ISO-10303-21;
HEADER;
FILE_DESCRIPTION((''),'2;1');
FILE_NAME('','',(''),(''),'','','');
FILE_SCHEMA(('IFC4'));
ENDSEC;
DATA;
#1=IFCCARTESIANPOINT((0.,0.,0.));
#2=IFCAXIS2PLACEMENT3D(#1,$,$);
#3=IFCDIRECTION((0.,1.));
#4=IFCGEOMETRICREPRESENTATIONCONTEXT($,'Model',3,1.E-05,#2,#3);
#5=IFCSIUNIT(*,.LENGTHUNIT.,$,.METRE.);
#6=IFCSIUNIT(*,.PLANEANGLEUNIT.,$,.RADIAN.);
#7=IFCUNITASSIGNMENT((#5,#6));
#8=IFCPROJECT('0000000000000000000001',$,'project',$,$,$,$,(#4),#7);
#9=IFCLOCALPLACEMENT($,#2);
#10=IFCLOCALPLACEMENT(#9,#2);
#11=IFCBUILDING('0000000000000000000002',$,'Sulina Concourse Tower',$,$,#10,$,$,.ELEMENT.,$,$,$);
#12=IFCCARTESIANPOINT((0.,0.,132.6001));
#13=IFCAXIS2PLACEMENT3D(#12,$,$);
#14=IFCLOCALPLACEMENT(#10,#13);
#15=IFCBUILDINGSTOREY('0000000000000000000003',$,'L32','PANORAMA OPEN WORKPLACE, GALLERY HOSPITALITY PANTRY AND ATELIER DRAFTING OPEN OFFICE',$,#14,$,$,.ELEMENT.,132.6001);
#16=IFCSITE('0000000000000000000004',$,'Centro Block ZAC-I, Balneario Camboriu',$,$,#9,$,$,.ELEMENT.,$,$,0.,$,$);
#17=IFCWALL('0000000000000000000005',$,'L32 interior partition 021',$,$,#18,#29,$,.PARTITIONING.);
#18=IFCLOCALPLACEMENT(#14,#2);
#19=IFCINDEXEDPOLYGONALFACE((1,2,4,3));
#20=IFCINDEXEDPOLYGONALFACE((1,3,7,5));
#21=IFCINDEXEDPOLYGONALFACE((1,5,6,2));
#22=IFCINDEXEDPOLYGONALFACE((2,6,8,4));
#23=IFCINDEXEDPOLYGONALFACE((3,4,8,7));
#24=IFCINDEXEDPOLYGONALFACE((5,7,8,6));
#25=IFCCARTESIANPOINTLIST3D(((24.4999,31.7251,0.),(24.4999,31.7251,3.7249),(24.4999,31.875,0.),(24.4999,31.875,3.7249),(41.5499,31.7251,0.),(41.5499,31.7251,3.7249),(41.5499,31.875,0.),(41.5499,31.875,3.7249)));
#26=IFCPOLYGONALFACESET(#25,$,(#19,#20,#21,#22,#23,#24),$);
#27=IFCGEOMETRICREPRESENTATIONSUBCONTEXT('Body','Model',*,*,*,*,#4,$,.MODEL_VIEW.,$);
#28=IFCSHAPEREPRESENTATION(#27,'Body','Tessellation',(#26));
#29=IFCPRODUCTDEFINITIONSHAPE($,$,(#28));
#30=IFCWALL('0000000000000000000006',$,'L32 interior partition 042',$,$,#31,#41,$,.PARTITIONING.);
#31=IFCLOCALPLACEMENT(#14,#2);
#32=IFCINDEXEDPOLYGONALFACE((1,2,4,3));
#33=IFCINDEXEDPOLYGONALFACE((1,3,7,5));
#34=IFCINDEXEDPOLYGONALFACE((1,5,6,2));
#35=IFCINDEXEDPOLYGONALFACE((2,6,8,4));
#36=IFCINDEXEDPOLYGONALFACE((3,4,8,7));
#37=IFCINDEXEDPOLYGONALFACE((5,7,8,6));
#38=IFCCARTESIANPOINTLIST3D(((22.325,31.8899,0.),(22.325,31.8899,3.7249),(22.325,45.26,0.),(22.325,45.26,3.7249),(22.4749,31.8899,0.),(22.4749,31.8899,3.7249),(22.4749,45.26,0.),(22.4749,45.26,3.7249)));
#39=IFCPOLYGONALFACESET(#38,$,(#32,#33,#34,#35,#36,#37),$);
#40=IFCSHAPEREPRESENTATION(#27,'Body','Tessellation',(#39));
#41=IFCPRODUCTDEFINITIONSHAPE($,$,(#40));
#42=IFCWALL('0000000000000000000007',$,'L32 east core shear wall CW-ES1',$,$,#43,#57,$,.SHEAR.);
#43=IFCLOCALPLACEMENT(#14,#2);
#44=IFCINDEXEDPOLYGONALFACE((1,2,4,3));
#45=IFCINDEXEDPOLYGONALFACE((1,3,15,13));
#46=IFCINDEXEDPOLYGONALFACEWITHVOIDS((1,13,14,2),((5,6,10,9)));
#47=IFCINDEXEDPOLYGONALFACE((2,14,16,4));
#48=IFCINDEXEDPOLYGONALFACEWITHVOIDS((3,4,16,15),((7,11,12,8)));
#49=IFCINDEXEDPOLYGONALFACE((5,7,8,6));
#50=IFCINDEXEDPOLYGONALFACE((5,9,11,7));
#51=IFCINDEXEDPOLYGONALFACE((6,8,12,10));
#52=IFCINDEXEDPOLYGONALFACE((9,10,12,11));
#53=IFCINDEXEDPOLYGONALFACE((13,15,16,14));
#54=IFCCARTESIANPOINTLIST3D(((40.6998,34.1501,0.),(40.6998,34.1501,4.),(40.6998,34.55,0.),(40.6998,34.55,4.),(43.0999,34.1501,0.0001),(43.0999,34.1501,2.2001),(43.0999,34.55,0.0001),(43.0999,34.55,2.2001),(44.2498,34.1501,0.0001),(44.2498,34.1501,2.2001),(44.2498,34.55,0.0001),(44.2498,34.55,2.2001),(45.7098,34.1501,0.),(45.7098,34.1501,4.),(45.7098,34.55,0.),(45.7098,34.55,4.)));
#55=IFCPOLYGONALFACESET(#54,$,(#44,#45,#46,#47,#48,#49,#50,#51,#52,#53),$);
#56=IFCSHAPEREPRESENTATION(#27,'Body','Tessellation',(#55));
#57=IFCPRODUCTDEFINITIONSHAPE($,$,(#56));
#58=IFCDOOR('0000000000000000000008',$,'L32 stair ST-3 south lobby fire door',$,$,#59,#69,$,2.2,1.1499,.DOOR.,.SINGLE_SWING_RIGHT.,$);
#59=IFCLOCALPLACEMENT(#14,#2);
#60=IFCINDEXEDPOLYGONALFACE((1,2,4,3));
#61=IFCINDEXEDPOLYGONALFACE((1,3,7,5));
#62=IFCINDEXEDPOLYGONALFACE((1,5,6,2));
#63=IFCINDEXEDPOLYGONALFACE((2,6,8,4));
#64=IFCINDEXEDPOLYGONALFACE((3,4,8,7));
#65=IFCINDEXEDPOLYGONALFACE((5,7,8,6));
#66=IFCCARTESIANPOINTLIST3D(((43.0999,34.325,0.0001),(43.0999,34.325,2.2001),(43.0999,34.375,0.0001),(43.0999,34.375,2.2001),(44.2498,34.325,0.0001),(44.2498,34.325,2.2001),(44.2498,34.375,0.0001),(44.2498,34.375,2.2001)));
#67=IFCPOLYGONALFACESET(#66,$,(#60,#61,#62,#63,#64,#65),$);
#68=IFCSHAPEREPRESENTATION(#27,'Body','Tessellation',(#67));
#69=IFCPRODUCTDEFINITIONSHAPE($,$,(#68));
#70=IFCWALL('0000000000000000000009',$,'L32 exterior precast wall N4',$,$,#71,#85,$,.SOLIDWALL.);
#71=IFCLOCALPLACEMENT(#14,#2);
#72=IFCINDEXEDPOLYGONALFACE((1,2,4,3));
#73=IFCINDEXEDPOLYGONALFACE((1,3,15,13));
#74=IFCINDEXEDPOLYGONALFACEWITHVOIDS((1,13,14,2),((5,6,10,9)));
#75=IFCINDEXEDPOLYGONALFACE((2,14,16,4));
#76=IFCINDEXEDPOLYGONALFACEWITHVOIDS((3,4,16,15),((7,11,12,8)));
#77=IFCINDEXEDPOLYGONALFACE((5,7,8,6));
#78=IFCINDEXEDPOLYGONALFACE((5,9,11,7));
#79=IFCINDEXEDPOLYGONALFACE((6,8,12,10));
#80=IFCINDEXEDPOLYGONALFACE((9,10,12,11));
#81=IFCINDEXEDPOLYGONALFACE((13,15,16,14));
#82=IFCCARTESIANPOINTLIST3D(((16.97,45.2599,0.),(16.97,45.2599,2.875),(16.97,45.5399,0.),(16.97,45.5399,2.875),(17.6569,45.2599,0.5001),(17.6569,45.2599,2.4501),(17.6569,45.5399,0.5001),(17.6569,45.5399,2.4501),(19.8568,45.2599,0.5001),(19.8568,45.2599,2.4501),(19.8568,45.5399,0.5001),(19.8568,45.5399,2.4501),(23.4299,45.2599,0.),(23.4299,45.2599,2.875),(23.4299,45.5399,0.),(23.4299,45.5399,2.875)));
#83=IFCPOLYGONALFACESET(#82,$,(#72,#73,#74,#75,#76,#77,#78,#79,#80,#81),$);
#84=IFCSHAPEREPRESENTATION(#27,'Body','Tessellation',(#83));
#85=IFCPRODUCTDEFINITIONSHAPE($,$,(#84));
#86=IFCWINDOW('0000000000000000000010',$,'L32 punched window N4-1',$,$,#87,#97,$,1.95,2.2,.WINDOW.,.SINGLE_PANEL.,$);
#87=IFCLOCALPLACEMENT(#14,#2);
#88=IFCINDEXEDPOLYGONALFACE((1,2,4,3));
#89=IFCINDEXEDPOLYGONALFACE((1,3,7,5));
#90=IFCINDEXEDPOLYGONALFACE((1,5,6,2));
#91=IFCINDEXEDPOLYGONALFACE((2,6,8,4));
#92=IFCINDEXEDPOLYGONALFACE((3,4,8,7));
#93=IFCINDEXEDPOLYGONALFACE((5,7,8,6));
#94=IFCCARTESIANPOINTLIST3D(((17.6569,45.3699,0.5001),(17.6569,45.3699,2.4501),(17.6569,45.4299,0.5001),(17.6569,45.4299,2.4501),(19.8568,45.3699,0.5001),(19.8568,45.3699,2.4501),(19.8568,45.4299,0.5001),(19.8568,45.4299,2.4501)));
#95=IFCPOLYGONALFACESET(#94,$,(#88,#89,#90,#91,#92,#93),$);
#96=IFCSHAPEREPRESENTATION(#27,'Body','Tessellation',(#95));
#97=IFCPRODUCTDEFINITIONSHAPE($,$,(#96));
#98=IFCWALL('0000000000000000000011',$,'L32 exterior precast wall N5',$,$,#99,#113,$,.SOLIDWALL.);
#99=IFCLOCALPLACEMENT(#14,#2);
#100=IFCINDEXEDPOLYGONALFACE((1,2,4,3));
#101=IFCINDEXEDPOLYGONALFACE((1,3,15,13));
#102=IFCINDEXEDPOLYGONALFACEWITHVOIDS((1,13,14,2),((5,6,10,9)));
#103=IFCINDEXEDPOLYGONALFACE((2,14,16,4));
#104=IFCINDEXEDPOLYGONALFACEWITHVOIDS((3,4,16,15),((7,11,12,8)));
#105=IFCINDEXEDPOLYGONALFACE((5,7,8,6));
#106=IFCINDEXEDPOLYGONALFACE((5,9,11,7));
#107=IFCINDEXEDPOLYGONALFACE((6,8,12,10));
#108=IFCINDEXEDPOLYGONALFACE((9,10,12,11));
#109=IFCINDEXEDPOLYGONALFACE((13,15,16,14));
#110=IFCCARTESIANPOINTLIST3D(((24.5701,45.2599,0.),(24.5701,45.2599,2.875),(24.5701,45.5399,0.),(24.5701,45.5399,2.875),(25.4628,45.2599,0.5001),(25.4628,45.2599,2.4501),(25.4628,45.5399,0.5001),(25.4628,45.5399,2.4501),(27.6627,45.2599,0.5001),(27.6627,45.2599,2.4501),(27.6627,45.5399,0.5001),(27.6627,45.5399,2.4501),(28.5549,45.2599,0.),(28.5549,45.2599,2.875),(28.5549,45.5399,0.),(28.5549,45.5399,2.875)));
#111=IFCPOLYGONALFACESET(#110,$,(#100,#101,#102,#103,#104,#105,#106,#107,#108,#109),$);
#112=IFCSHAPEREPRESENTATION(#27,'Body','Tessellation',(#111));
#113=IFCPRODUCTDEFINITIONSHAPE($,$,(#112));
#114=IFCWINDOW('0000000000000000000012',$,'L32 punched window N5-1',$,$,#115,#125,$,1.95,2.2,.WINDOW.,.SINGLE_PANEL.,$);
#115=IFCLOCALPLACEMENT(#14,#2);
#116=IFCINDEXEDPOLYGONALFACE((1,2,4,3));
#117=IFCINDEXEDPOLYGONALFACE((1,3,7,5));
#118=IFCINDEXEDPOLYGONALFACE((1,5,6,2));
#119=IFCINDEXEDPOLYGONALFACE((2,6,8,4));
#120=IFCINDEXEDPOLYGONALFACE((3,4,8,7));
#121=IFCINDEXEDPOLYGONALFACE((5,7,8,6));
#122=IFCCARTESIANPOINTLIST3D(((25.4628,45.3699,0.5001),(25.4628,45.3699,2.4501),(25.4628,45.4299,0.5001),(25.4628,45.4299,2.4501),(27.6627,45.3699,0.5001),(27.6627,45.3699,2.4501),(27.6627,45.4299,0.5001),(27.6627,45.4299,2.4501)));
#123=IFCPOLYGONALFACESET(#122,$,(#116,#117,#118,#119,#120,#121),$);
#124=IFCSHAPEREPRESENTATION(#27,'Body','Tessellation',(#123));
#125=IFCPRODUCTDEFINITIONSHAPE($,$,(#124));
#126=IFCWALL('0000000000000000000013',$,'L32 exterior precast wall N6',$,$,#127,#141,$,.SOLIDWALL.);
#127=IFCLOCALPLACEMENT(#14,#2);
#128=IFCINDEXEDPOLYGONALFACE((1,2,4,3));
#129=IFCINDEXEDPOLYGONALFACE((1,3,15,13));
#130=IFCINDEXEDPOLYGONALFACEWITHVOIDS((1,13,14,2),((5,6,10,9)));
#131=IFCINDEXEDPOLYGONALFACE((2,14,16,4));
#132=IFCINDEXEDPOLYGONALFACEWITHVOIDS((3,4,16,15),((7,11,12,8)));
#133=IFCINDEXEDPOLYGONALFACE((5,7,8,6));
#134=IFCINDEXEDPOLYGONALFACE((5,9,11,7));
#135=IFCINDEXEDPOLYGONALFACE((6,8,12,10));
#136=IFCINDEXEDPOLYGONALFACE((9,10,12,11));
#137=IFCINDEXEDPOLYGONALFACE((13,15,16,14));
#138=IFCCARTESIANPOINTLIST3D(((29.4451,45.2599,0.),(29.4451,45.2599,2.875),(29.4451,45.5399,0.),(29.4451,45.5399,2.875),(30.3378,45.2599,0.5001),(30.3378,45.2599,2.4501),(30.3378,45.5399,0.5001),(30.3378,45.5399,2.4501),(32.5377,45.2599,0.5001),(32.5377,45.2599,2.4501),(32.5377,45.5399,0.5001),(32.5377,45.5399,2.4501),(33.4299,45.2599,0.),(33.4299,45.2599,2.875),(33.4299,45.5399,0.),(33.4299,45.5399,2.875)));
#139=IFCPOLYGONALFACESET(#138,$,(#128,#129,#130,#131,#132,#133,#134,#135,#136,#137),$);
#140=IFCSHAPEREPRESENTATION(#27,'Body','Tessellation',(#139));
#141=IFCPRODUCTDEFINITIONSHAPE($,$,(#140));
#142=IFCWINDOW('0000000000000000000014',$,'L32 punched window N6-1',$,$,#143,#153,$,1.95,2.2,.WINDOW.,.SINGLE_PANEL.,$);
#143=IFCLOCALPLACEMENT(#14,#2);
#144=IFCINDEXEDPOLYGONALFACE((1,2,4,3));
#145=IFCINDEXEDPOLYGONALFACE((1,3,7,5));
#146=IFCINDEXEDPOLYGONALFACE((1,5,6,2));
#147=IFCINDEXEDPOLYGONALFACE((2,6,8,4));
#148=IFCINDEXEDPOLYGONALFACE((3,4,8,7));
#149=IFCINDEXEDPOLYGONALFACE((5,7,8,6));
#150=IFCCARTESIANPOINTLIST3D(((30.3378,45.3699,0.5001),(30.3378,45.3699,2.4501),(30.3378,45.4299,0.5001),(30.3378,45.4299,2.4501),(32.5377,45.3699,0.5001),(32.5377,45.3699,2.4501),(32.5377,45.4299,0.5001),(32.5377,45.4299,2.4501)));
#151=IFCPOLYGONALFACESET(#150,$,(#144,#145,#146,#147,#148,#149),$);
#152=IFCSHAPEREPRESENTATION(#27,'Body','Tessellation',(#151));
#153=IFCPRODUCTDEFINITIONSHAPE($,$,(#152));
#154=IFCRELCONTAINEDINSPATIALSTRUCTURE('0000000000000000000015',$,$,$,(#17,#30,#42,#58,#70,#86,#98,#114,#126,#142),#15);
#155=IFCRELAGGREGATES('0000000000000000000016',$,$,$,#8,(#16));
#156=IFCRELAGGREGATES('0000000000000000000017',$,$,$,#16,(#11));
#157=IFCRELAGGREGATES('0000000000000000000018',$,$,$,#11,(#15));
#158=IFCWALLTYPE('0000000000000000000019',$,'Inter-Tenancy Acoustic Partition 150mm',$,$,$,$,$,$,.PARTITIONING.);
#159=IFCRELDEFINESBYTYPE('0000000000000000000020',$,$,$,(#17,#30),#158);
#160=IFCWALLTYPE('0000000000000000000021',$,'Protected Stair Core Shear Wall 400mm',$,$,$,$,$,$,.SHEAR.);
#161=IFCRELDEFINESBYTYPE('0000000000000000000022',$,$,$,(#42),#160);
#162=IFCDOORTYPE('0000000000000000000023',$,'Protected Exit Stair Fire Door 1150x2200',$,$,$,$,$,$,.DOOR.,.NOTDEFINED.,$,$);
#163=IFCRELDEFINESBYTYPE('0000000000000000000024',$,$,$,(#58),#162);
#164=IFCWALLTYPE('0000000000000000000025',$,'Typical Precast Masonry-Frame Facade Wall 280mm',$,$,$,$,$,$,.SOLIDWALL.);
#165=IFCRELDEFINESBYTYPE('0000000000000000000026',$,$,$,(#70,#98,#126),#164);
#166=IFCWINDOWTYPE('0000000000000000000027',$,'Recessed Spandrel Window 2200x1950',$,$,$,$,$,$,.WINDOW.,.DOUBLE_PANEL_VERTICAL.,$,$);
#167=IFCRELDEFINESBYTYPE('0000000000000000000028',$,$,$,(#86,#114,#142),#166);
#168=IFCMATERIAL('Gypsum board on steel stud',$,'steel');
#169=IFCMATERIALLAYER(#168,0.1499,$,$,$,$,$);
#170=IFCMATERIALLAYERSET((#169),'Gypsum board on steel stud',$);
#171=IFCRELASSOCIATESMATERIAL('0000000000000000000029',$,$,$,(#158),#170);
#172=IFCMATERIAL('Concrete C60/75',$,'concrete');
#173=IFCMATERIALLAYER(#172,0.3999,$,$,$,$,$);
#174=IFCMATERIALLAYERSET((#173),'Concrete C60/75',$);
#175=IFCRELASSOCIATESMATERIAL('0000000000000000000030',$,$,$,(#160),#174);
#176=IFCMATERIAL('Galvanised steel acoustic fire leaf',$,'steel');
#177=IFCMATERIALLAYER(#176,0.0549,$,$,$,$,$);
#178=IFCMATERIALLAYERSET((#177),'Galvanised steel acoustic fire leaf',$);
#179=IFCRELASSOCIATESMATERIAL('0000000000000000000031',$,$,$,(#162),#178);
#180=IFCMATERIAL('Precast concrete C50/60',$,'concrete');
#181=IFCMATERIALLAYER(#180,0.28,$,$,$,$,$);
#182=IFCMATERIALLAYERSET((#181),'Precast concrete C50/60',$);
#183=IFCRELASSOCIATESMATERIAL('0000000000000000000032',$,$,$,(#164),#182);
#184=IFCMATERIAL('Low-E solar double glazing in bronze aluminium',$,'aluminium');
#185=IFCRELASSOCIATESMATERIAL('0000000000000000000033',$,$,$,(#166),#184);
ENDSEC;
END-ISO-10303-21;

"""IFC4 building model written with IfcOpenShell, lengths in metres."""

from ifc_helpers import new_model, si_unit, direction, frame, frame_2d, origin, place, context, subcontext, project, spatial, rectangle, extrude, material, layer, layer_set, type_object, element, fill, save


model = new_model("IFC4")

# Units and contexts
model_context = context("Model", 3, precision=1e-05, world=origin(), true_north=direction((0.0, 1.0)))
body_context = subcontext(model_context, "Body", "Model", "MODEL_VIEW")
ifc_project = project(units=[si_unit("LENGTHUNIT", "METRE"), si_unit("PLANEANGLEUNIT", "RADIAN")], contexts=[model_context])

# Site, building, storey
site_placement = place(None, origin())
site = spatial("IfcSite", under=ifc_project, at=site_placement, Name="Centro Block ZAC-I, Balneario Camboriu", CompositionType="ELEMENT", RefElevation=0.0)
building_placement = place(site_placement, origin())
building = spatial("IfcBuilding", under=site, at=building_placement, Name="Sulina Concourse Tower", CompositionType="ELEMENT")
storey_placement = place(building_placement, frame((0.0, 0.0, 132.6001)))
storey = spatial("IfcBuildingStorey", under=building, at=storey_placement, Name="L32", Description="PANORAMA OPEN WORKPLACE, GALLERY HOSPITALITY PANTRY AND ATELIER DRAFTING OPEN OFFICE", CompositionType="ELEMENT", Elevation=132.6001)

# Walls
ifc_material_1 = material(Name="Gypsum board on steel stud", Category="steel")
ifc_layer_1 = layer(ifc_material_1, 0.1499)
ifc_layer_set_1 = layer_set([ifc_layer_1], Name="Gypsum board on steel stud")
wall_type_1 = type_object("IfcWallType", Name="Inter-Tenancy Acoustic Partition 150mm", PredefinedType="PARTITIONING", material=ifc_layer_set_1)
wall_1_placement = place(storey_placement, frame((24.5, 31.8, 0.0), z_axis=(0.0, 0.0, 1.0), x_axis=(1.0, 0.0, 0.0)))
element("IfcWall", 1, at=wall_1_placement, inside=storey, type_object=wall_type_1, Name="L32 interior partition 021", PredefinedType="PARTITIONING", context=body_context, shape_type="SweptSolid", body=[
    extrude(rectangle(XDim=17.05, YDim=0.1499, at=frame_2d((8.5249, 0.0))), origin(), (0.0, 0.0, 1.0), 3.7249),
])
wall_2_placement = place(storey_placement, frame((22.3999, 31.8899, 0.0), z_axis=(0.0, 0.0, 1.0), x_axis=(0.0, 1.0, 0.0)))
element("IfcWall", 2, at=wall_2_placement, inside=storey, type_object=wall_type_1, Name="L32 interior partition 042", PredefinedType="PARTITIONING", context=body_context, shape_type="SweptSolid", body=[
    extrude(rectangle(XDim=13.3701, YDim=0.1499, at=frame_2d((6.6851, 0.0))), origin(), (0.0, 0.0, 1.0), 3.7249),
])

# Wall, opening, door
ifc_material_2 = material(Name="Concrete C60/75", Category="concrete")
ifc_layer_2 = layer(ifc_material_2, 0.3999)
ifc_layer_set_2 = layer_set([ifc_layer_2], Name="Concrete C60/75")
wall_type_2 = type_object("IfcWallType", Name="Protected Stair Core Shear Wall 400mm", PredefinedType="SHEAR", material=ifc_layer_set_2)
wall_3_placement = place(storey_placement, frame((40.7, 34.3501, 0.0), z_axis=(0.0, 0.0, 1.0), x_axis=(1.0, 0.0, 0.0)))
wall_3 = element("IfcWall", 3, at=wall_3_placement, inside=storey, type_object=wall_type_2, Name="L32 east core shear wall CW-ES1", PredefinedType="SHEAR", context=body_context, shape_type="SweptSolid", body=[
    extrude(rectangle(XDim=5.01, YDim=0.3999, at=frame_2d((2.5049, 0.0))), origin(), (0.0, 0.0, 1.0), 4.0),
])
opening_1_placement = place(wall_3_placement, frame((2.3999, 0.0, 0.0)))
opening_1 = element("IfcOpeningElement", 4, at=opening_1_placement, cuts=wall_3, PredefinedType="OPENING", context=body_context, shape_type="SweptSolid", body=[
    extrude(rectangle(XDim=1.1499, YDim=2.2, at=frame_2d((0.575, 1.1001))), frame((0.0, 0.21, 0.0), z_axis=(0.0, -1.0, 0.0), x_axis=(1.0, 0.0, 0.0)), (0.0, 0.0, 1.0), 0.4199),
])
ifc_material_3 = material(Name="Galvanised steel acoustic fire leaf", Category="steel")
ifc_layer_3 = layer(ifc_material_3, 0.0549)
ifc_layer_set_3 = layer_set([ifc_layer_3], Name="Galvanised steel acoustic fire leaf")
door_type = type_object("IfcDoorType", Name="Protected Exit Stair Fire Door 1150x2200", OperationType="NOTDEFINED", PredefinedType="DOOR", material=ifc_layer_set_3)
door_placement = place(opening_1_placement, origin())
door = element("IfcDoor", 5, at=door_placement, inside=storey, type_object=door_type, Name="L32 stair ST-3 south lobby fire door", OperationType="SINGLE_SWING_RIGHT", OverallHeight=2.2, OverallWidth=1.1499, PredefinedType="DOOR", context=body_context, shape_type="SweptSolid", body=[
    extrude(rectangle(XDim=1.1499, YDim=2.2, at=frame_2d((0.575, 1.1001))), frame((0.0, 0.0249, 0.0), z_axis=(0.0, -1.0, 0.0), x_axis=(1.0, 0.0, 0.0)), (0.0, 0.0, 1.0), 0.05),
])
fill(opening_1, door)

# Walls, openings, windows
ifc_material_4 = material(Name="Precast concrete C50/60", Category="concrete")
ifc_layer_4 = layer(ifc_material_4, 0.28)
ifc_layer_set_4 = layer_set([ifc_layer_4], Name="Precast concrete C50/60")
wall_type_3 = type_object("IfcWallType", Name="Typical Precast Masonry-Frame Facade Wall 280mm", PredefinedType="SOLIDWALL", material=ifc_layer_set_4)
wall_4_placement = place(storey_placement, frame((16.97, 45.3999, 0.0), z_axis=(0.0, 0.0, 1.0), x_axis=(1.0, 0.0, 0.0)))
wall_4 = element("IfcWall", 6, at=wall_4_placement, inside=storey, type_object=wall_type_3, Name="L32 exterior precast wall N4", PredefinedType="SOLIDWALL", context=body_context, shape_type="SweptSolid", body=[
    extrude(rectangle(XDim=6.46, YDim=0.28, at=frame_2d((3.23, 0.0))), origin(), (0.0, 0.0, 1.0), 2.875),
])
opening_2_placement = place(wall_4_placement, frame((0.6868, 0.0, 0.5)))
opening_2 = element("IfcOpeningElement", 7, at=opening_2_placement, cuts=wall_4, PredefinedType="OPENING", context=body_context, shape_type="SweptSolid", body=[
    extrude(rectangle(XDim=2.2, YDim=1.95, at=frame_2d((1.1001, 0.9751))), frame((0.0, 0.1499, 0.0), z_axis=(0.0, -1.0, 0.0), x_axis=(1.0, 0.0, 0.0)), (0.0, 0.0, 1.0), 0.3),
])
ifc_material_5 = material(Name="Low-E solar double glazing in bronze aluminium", Category="aluminium")
window_type = type_object("IfcWindowType", Name="Recessed Spandrel Window 2200x1950", PartitioningType="DOUBLE_PANEL_VERTICAL", PredefinedType="WINDOW", material=ifc_material_5)
window_1_placement = place(opening_2_placement, origin())
window_1 = element("IfcWindow", 8, at=window_1_placement, inside=storey, type_object=window_type, Name="L32 punched window N4-1", OverallHeight=1.95, OverallWidth=2.2, PartitioningType="SINGLE_PANEL", PredefinedType="WINDOW", context=body_context, shape_type="SweptSolid", body=[
    extrude(rectangle(XDim=2.2, YDim=1.95, at=frame_2d((1.1001, 0.9751))), frame((0.0, 0.03, 0.0), z_axis=(0.0, -1.0, 0.0), x_axis=(1.0, 0.0, 0.0)), (0.0, 0.0, 1.0), 0.0601),
])
fill(opening_2, window_1)
wall_5_placement = place(storey_placement, frame((24.5701, 45.3999, 0.0), z_axis=(0.0, 0.0, 1.0), x_axis=(1.0, 0.0, 0.0)))
wall_5 = element("IfcWall", 9, at=wall_5_placement, inside=storey, type_object=wall_type_3, Name="L32 exterior precast wall N5", PredefinedType="SOLIDWALL", context=body_context, shape_type="SweptSolid", body=[
    extrude(rectangle(XDim=3.9849, YDim=0.28, at=frame_2d((1.9924, 0.0))), origin(), (0.0, 0.0, 1.0), 2.875),
])
opening_3_placement = place(wall_5_placement, frame((0.8926, 0.0, 0.5)))
opening_3 = element("IfcOpeningElement", 10, at=opening_3_placement, cuts=wall_5, PredefinedType="OPENING", context=body_context, shape_type="SweptSolid", body=[
    extrude(rectangle(XDim=2.2, YDim=1.95, at=frame_2d((1.1001, 0.9751))), frame((0.0, 0.1499, 0.0), z_axis=(0.0, -1.0, 0.0), x_axis=(1.0, 0.0, 0.0)), (0.0, 0.0, 1.0), 0.3),
])
window_2_placement = place(opening_3_placement, origin())
window_2 = element("IfcWindow", 11, at=window_2_placement, inside=storey, type_object=window_type, Name="L32 punched window N5-1", OverallHeight=1.95, OverallWidth=2.2, PartitioningType="SINGLE_PANEL", PredefinedType="WINDOW", context=body_context, shape_type="SweptSolid", body=[
    extrude(rectangle(XDim=2.2, YDim=1.95, at=frame_2d((1.1001, 0.9751))), frame((0.0, 0.03, 0.0), z_axis=(0.0, -1.0, 0.0), x_axis=(1.0, 0.0, 0.0)), (0.0, 0.0, 1.0), 0.0601),
])
fill(opening_3, window_2)
wall_6_placement = place(storey_placement, frame((29.4451, 45.3999, 0.0), z_axis=(0.0, 0.0, 1.0), x_axis=(1.0, 0.0, 0.0)))
wall_6 = element("IfcWall", 12, at=wall_6_placement, inside=storey, type_object=wall_type_3, Name="L32 exterior precast wall N6", PredefinedType="SOLIDWALL", context=body_context, shape_type="SweptSolid", body=[
    extrude(rectangle(XDim=3.9849, YDim=0.28, at=frame_2d((1.9924, 0.0))), origin(), (0.0, 0.0, 1.0), 2.875),
])
opening_4_placement = place(wall_6_placement, frame((0.8926, 0.0, 0.5)))
opening_4 = element("IfcOpeningElement", 13, at=opening_4_placement, cuts=wall_6, PredefinedType="OPENING", context=body_context, shape_type="SweptSolid", body=[
    extrude(rectangle(XDim=2.2, YDim=1.95, at=frame_2d((1.1001, 0.9751))), frame((0.0, 0.1499, 0.0), z_axis=(0.0, -1.0, 0.0), x_axis=(1.0, 0.0, 0.0)), (0.0, 0.0, 1.0), 0.3),
])
window_3_placement = place(opening_4_placement, origin())
window_3 = element("IfcWindow", 14, at=window_3_placement, inside=storey, type_object=window_type, Name="L32 punched window N6-1", OverallHeight=1.95, OverallWidth=2.2, PartitioningType="SINGLE_PANEL", PredefinedType="WINDOW", context=body_context, shape_type="SweptSolid", body=[
    extrude(rectangle(XDim=2.2, YDim=1.95, at=frame_2d((1.1001, 0.9751))), frame((0.0, 0.03, 0.0), z_axis=(0.0, -1.0, 0.0), x_axis=(1.0, 0.0, 0.0)), (0.0, 0.0, 1.0), 0.0601),
])
fill(opening_4, window_3)

save(model, "model.ifc")
